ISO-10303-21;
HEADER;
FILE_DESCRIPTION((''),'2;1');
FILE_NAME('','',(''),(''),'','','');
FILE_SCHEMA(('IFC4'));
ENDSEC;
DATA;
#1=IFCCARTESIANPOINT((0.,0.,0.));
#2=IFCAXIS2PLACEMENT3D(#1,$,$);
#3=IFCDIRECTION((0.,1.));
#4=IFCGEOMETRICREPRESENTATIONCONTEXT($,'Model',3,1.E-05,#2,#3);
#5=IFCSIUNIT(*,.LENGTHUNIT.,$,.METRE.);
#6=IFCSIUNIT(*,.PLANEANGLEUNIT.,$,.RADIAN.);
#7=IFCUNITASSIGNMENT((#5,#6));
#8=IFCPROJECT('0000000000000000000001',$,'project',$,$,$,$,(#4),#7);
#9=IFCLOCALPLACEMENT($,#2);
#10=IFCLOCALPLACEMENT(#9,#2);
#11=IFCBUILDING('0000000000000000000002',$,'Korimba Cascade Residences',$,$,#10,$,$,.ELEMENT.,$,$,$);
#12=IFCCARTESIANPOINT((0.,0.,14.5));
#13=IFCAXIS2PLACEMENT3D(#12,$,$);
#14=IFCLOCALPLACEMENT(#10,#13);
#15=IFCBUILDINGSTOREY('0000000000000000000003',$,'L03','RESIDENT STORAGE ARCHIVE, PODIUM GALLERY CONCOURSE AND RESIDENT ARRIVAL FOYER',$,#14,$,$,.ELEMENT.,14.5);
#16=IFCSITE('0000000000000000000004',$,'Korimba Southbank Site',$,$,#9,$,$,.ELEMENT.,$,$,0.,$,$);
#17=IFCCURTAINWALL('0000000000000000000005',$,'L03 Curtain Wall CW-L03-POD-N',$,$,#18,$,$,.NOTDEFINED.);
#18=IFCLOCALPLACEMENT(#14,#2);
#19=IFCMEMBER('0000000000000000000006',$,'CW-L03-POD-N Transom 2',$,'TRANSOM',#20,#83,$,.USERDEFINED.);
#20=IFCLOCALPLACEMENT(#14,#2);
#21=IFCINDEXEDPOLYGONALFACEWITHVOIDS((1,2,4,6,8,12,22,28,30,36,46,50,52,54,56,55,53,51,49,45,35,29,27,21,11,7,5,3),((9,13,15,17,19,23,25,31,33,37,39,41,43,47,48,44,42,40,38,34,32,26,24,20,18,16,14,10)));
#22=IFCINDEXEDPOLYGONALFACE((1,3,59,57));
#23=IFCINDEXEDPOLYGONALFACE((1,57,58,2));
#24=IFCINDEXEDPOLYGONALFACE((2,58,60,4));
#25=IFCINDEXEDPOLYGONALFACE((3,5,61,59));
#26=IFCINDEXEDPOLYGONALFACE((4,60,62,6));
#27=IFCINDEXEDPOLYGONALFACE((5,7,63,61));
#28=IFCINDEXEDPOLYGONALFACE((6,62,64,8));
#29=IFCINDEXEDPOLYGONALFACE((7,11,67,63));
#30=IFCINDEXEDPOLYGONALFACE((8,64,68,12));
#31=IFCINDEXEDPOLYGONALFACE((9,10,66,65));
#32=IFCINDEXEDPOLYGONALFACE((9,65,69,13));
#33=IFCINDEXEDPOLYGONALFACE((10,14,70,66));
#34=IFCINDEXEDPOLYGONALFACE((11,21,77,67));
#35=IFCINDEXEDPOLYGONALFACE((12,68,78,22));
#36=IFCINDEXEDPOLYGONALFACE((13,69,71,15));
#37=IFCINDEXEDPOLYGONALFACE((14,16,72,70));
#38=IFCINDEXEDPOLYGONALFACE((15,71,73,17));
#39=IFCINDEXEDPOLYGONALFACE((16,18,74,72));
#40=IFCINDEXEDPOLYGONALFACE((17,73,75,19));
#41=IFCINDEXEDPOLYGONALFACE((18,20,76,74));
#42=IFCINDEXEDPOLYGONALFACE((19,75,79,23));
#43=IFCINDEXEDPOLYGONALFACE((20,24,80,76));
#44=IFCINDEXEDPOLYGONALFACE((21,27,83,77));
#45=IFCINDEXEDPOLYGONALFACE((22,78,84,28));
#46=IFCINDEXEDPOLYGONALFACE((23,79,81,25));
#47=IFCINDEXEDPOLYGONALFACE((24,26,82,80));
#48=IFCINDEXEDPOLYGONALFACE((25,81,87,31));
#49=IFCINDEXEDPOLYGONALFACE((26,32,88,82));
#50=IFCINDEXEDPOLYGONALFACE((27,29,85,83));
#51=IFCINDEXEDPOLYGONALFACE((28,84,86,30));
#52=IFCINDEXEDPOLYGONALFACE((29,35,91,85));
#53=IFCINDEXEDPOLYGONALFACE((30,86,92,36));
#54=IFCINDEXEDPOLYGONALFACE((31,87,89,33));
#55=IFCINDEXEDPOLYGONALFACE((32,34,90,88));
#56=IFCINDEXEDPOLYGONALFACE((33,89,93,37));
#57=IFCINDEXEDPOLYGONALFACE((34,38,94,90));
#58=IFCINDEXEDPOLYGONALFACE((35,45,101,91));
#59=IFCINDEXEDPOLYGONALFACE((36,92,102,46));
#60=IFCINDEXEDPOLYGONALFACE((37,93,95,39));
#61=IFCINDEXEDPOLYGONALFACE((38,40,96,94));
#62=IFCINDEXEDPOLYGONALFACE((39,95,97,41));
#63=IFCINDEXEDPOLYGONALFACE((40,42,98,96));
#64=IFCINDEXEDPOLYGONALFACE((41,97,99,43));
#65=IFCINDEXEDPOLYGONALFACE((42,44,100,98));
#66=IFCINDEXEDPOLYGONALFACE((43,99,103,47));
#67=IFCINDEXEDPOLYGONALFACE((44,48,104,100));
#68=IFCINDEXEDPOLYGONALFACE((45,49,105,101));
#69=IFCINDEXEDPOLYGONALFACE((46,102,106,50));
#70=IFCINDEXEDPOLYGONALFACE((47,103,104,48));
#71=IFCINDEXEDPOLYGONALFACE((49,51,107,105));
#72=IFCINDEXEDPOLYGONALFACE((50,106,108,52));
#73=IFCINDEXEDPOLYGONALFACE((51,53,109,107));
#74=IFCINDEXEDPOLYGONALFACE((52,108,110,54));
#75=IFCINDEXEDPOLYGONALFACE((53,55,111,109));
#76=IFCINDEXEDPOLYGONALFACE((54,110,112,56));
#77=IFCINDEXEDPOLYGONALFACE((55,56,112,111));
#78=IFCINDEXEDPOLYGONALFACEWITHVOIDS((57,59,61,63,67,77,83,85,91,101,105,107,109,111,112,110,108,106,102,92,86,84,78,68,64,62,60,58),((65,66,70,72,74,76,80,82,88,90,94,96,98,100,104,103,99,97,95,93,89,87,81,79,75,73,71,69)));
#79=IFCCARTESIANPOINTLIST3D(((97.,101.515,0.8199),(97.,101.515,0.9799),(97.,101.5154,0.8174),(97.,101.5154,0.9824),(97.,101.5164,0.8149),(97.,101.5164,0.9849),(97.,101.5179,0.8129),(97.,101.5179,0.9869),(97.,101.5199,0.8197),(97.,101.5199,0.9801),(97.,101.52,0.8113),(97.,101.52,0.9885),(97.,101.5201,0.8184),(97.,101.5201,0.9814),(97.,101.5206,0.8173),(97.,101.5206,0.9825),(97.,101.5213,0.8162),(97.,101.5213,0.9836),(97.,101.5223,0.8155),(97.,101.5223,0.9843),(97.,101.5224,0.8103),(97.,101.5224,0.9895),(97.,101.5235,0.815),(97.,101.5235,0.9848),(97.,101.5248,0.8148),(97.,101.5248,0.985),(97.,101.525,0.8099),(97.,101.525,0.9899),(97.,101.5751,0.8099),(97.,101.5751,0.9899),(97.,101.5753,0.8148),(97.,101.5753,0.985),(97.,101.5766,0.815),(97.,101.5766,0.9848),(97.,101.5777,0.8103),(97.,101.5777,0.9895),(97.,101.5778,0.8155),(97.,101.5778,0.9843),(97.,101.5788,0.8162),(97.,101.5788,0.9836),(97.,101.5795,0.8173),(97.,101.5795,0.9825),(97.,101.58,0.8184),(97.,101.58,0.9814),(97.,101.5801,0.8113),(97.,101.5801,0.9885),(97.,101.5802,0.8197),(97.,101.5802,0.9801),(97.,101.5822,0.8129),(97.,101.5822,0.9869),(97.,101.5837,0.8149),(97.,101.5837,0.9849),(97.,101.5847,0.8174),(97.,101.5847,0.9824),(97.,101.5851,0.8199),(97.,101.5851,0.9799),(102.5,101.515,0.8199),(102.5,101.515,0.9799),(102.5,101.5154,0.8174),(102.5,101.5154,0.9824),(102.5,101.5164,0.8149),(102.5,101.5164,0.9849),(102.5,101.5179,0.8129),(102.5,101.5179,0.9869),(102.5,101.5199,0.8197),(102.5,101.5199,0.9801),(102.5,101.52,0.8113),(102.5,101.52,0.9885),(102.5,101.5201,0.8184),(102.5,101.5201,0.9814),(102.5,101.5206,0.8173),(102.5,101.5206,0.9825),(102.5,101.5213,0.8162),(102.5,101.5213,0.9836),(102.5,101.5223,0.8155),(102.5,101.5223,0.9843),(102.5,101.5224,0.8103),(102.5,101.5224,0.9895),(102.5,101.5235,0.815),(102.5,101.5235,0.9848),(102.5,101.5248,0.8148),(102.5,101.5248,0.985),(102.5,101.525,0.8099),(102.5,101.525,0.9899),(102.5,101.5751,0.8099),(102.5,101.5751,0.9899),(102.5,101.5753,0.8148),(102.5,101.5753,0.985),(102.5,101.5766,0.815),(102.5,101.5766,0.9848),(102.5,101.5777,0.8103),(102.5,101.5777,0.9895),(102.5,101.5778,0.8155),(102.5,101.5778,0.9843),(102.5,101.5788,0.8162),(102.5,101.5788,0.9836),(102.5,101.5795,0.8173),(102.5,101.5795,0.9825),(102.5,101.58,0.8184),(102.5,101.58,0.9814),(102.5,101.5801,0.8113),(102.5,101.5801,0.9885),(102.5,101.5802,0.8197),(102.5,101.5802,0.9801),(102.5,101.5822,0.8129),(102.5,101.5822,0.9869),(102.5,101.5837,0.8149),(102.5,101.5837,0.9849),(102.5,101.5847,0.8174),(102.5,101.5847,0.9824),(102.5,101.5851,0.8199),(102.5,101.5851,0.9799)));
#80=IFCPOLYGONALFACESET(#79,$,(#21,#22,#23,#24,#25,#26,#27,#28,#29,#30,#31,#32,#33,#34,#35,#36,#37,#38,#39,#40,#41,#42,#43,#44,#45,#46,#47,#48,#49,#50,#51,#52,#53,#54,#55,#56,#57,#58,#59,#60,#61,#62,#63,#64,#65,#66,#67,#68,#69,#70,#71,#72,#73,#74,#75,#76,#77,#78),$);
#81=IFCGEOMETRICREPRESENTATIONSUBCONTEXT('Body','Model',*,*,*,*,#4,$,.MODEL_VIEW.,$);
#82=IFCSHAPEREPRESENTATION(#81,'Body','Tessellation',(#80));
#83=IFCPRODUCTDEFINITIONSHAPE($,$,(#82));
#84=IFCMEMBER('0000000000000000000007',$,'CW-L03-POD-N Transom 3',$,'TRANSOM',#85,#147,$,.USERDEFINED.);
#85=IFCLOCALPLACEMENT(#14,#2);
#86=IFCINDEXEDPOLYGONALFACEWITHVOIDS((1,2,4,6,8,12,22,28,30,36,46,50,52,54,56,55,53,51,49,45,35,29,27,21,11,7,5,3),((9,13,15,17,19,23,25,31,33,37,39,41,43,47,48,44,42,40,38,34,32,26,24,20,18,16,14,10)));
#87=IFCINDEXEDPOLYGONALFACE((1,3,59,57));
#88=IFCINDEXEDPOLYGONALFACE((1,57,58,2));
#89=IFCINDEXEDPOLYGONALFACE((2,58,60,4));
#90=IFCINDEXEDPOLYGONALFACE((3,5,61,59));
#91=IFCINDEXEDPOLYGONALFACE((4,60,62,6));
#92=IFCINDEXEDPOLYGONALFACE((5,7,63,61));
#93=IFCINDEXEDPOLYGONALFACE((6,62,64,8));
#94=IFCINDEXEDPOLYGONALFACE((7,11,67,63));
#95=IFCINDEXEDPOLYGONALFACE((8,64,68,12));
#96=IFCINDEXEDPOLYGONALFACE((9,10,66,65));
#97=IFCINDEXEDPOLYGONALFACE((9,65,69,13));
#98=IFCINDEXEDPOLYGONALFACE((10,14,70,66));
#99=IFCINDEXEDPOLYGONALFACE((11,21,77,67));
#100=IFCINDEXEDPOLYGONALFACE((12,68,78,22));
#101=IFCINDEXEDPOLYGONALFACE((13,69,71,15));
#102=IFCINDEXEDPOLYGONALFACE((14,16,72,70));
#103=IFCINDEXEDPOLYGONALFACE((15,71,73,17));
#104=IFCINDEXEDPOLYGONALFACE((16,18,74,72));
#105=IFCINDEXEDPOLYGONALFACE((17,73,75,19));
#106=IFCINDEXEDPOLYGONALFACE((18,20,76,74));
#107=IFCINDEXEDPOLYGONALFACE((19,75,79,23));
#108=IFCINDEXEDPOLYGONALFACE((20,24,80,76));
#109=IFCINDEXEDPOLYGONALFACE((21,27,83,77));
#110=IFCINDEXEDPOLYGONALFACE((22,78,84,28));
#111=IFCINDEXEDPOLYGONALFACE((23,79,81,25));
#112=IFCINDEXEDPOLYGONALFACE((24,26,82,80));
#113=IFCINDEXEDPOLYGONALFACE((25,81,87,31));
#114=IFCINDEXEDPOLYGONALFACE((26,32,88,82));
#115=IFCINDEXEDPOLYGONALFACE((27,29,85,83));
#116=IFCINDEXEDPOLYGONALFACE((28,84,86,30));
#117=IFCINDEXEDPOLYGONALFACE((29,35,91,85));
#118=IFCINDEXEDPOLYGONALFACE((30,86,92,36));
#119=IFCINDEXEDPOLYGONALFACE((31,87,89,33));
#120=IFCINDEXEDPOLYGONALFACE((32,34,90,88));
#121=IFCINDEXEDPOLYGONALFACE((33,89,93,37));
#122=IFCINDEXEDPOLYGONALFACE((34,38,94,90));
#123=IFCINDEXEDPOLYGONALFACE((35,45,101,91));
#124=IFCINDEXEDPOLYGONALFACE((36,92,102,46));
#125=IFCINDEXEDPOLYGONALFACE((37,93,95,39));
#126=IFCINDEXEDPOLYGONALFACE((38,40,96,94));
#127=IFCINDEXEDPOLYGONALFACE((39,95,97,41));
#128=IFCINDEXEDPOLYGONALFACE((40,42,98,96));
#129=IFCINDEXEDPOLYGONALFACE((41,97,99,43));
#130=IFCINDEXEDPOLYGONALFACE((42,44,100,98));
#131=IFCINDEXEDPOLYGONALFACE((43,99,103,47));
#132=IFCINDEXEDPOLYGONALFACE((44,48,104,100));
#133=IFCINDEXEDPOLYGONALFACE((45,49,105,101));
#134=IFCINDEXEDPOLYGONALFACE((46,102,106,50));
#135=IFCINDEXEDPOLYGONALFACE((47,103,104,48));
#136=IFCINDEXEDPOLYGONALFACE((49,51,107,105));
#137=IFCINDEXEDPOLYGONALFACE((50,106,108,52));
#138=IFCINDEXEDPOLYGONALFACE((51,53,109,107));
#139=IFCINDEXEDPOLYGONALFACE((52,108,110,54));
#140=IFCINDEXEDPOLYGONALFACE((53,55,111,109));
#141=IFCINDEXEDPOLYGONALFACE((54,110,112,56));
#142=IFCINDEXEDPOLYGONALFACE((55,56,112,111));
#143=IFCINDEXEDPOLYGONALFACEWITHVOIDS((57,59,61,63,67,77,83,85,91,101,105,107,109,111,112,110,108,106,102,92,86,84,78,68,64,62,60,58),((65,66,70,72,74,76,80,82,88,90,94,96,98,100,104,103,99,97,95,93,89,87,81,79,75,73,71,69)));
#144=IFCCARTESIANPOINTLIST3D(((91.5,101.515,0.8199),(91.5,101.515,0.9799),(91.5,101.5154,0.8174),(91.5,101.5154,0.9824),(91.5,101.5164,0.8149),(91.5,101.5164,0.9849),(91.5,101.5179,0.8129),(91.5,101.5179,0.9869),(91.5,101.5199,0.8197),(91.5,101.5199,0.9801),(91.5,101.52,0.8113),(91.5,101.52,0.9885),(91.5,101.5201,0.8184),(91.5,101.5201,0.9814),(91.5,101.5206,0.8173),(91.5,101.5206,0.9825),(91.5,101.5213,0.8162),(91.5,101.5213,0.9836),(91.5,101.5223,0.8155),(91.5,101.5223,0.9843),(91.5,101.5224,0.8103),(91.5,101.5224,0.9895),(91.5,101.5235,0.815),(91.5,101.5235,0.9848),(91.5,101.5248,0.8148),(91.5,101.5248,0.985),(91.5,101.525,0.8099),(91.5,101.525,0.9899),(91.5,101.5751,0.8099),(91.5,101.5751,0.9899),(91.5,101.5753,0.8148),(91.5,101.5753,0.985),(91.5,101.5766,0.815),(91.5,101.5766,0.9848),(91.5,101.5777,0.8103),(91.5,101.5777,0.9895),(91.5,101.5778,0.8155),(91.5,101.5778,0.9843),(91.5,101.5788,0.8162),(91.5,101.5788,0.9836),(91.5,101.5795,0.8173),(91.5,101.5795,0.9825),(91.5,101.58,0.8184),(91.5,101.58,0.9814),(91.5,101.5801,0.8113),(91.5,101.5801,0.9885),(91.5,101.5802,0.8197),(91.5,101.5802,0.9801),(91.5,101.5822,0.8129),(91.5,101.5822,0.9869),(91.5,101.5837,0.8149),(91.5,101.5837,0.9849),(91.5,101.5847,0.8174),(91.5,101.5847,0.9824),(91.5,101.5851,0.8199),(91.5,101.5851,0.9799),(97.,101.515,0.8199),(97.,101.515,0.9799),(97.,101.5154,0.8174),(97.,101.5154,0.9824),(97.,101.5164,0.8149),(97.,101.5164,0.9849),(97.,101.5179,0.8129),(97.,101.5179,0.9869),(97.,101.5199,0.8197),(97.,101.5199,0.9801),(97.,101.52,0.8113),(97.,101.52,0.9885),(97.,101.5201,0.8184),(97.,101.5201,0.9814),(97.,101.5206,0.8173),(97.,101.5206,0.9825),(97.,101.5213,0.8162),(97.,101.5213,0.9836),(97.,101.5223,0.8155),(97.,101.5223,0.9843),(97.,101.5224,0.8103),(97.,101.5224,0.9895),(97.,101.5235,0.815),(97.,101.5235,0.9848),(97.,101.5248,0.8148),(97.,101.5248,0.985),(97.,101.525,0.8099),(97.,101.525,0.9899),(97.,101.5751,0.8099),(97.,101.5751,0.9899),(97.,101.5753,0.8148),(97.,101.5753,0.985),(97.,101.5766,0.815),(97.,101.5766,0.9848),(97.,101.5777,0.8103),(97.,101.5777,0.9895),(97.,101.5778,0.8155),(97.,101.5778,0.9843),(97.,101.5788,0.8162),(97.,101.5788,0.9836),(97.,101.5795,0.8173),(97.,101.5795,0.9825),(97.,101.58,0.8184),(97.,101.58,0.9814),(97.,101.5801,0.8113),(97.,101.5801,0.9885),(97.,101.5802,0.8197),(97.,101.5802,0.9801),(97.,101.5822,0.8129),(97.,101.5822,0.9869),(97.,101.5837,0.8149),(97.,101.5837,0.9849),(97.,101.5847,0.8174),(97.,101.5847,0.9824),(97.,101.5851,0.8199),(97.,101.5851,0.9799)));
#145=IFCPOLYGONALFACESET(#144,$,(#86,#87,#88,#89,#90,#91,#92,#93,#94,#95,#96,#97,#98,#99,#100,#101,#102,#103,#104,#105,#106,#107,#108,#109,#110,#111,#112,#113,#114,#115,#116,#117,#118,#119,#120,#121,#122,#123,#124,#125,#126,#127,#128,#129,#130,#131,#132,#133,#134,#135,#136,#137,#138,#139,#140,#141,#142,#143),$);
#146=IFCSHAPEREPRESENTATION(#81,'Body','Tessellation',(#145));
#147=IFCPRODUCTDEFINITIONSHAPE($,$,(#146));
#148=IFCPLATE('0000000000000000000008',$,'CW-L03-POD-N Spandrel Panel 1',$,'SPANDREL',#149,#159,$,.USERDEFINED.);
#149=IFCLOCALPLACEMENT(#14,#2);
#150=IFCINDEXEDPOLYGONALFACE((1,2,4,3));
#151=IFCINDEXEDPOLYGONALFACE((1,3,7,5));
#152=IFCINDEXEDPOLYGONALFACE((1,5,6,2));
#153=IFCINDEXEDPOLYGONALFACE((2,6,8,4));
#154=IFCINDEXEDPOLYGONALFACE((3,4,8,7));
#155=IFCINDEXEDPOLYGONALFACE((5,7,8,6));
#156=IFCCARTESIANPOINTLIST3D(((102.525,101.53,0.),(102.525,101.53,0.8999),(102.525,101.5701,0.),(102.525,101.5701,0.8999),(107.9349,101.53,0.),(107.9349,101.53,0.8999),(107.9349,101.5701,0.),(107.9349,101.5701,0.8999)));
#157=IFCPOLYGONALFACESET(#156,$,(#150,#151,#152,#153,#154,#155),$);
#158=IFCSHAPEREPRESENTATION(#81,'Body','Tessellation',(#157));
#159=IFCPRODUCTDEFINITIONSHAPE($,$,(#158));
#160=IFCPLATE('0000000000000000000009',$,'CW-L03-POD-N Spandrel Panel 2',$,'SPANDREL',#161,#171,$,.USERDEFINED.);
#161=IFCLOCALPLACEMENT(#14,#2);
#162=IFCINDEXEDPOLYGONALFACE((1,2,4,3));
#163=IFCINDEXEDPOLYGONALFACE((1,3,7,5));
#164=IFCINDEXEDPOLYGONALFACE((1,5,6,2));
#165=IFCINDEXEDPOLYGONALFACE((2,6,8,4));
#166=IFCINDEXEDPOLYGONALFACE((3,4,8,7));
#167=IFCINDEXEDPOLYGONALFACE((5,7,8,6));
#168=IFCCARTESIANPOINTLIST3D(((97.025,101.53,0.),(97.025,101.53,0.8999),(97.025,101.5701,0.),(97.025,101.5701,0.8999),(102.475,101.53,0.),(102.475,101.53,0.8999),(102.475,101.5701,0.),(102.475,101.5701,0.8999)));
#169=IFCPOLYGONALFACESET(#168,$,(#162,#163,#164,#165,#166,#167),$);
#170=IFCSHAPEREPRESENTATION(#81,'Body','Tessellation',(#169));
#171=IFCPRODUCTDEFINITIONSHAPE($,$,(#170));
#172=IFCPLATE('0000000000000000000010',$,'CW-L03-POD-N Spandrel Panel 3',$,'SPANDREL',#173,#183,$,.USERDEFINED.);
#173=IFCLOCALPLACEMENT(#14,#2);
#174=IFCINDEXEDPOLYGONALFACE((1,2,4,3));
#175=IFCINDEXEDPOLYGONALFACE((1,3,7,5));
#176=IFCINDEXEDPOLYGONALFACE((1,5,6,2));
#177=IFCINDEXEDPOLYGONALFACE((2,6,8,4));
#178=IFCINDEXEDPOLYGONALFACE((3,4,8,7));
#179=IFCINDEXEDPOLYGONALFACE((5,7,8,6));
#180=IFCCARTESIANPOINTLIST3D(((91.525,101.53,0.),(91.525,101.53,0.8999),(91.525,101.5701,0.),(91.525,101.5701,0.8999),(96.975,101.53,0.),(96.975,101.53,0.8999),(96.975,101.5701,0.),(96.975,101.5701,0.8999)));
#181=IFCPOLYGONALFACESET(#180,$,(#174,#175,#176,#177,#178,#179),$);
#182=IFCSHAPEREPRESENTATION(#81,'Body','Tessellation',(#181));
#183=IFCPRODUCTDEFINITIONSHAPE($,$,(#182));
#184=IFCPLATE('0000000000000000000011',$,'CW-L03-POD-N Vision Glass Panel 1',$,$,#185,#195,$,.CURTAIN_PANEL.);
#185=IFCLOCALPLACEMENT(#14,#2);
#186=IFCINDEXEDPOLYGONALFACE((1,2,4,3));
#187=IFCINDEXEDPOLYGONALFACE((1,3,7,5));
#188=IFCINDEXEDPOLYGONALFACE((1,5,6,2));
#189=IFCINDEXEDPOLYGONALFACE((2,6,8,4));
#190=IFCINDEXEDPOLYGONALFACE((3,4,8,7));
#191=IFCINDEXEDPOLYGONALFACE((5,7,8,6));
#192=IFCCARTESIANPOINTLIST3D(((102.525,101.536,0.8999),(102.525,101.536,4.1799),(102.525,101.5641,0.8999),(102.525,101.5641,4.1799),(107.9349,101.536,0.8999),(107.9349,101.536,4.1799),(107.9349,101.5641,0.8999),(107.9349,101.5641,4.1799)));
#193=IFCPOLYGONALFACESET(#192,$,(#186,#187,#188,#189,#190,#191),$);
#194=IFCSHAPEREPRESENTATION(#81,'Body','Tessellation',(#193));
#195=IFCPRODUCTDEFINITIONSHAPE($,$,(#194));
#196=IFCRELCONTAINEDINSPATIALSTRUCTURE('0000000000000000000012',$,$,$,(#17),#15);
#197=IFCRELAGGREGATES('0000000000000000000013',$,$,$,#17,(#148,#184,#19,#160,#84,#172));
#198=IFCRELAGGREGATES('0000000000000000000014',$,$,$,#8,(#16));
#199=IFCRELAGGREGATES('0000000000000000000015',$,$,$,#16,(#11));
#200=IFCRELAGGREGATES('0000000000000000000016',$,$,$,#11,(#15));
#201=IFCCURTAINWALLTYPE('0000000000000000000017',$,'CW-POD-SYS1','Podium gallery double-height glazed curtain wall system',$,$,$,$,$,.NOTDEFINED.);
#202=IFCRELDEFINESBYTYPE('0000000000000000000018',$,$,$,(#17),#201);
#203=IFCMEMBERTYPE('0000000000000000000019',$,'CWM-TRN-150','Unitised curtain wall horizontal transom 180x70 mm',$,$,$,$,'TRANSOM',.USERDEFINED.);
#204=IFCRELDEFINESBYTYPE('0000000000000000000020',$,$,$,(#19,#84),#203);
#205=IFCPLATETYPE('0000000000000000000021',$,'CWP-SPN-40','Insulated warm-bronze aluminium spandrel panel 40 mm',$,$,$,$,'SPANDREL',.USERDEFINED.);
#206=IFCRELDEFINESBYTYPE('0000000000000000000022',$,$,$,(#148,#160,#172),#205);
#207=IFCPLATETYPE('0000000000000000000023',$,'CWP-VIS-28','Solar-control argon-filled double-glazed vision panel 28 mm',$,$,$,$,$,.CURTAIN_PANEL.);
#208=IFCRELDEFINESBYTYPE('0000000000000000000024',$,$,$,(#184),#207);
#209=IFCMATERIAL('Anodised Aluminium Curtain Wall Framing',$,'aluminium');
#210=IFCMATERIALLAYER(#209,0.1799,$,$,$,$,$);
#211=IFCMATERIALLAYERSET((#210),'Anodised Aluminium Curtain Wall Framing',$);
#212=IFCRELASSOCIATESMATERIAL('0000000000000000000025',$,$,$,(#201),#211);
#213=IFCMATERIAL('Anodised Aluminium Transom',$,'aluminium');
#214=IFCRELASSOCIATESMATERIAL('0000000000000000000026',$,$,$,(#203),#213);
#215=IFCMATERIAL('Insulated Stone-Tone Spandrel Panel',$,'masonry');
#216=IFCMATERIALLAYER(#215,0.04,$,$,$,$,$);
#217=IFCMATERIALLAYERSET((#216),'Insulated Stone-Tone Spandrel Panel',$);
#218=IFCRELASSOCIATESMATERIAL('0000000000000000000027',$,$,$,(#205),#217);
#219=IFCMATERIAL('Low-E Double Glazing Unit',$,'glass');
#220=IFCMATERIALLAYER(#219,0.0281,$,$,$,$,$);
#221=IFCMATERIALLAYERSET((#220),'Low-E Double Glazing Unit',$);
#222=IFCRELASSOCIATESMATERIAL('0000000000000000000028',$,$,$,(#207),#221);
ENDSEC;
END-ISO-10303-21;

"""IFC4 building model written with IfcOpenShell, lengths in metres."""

from ifc_helpers import new_model, si_unit, direction, frame, origin, origin_2d, place, context, subcontext, project, spatial, rectangle, hollow_rectangle, extrude, material, layer, layer_set, material_profile, profile_set, type_object, element, aggregate, save


model = new_model("IFC4")

# Units and contexts
model_context = context("Model", 3, precision=1e-05, world=origin(), true_north=direction((0.0, 1.0)))
body_context = subcontext(model_context, "Body", "Model", "MODEL_VIEW")
ifc_project = project(units=[si_unit("LENGTHUNIT", "METRE"), si_unit("PLANEANGLEUNIT", "RADIAN")], contexts=[model_context])

# Site, building, storey
site_placement = place(None, origin())
site = spatial("IfcSite", under=ifc_project, at=site_placement, Name="Korimba Southbank Site", CompositionType="ELEMENT", RefElevation=0.0)
building_placement = place(site_placement, origin())
building = spatial("IfcBuilding", under=site, at=building_placement, Name="Korimba Cascade Residences", CompositionType="ELEMENT")
storey_placement = place(building_placement, frame((0.0, 0.0, 14.5)))
storey = spatial("IfcBuildingStorey", under=building, at=storey_placement, Name="L03", Description="RESIDENT STORAGE ARCHIVE, PODIUM GALLERY CONCOURSE AND RESIDENT ARRIVAL FOYER", CompositionType="ELEMENT", Elevation=14.5)

# Curtain wall, members, plates
ifc_material_1 = material(Name="Anodised Aluminium Curtain Wall Framing", Category="aluminium")
ifc_layer_1 = layer(ifc_material_1, 0.1799)
ifc_layer_set_1 = layer_set([ifc_layer_1], Name="Anodised Aluminium Curtain Wall Framing")
curtain_wall_type = type_object("IfcCurtainWallType", Name="CW-POD-SYS1", Description="Podium gallery double-height glazed curtain wall system", PredefinedType="NOTDEFINED", material=ifc_layer_set_1)
curtain_wall_placement = place(storey_placement, origin())
curtain_wall = element("IfcCurtainWall", 1, at=curtain_wall_placement, inside=storey, type_object=curtain_wall_type, Name="L03 Curtain Wall CW-L03-POD-N", PredefinedType="NOTDEFINED")
ifc_material_2 = material(Name="Anodised Aluminium Transom", Category="aluminium")
ifc_material_profile_1 = material_profile(ifc_material_2, hollow_rectangle(XDim=0.0701, YDim=0.1799, WallThickness=0.0049, InnerFilletRadius=0.0049, OuterFilletRadius=0.01, at=origin_2d()), Name="Anodised Aluminium Transom")
ifc_profile_set_1 = profile_set([ifc_material_profile_1], Name="Anodised Aluminium Transom")
member_type_1 = type_object("IfcMemberType", Name="CWM-TRN-150", Description="Unitised curtain wall horizontal transom 180x70 mm", ElementType="TRANSOM", PredefinedType="USERDEFINED", material=ifc_profile_set_1)
member_1_placement = place(storey_placement, frame((102.5, 101.55, 0.8999), z_axis=(-1.0, 0.0, 0.0), x_axis=(0.0, -1.0, 0.0)))
member_1 = element("IfcMember", 2, at=member_1_placement, type_object=member_type_1, Name="CW-L03-POD-N Transom 2", ObjectType="TRANSOM", PredefinedType="USERDEFINED", context=body_context, shape_type="SweptSolid", body=[
    extrude(hollow_rectangle(XDim=0.0701, YDim=0.1799, WallThickness=0.0049, InnerFilletRadius=0.0049, OuterFilletRadius=0.01, at=origin_2d()), origin(), (0.0, 0.0, 1.0), 5.5),
])
member_2_placement = place(storey_placement, frame((97.0, 101.55, 0.8999), z_axis=(-1.0, 0.0, 0.0), x_axis=(0.0, -1.0, 0.0)))
member_2 = element("IfcMember", 3, at=member_2_placement, type_object=member_type_1, Name="CW-L03-POD-N Transom 3", ObjectType="TRANSOM", PredefinedType="USERDEFINED", context=body_context, shape_type="SweptSolid", body=[
    extrude(hollow_rectangle(XDim=0.0701, YDim=0.1799, WallThickness=0.0049, InnerFilletRadius=0.0049, OuterFilletRadius=0.01, at=origin_2d()), origin(), (0.0, 0.0, 1.0), 5.5),
])
ifc_material_3 = material(Name="Insulated Stone-Tone Spandrel Panel", Category="masonry")
ifc_layer_2 = layer(ifc_material_3, 0.04)
ifc_layer_set_2 = layer_set([ifc_layer_2], Name="Insulated Stone-Tone Spandrel Panel")
plate_type_1 = type_object("IfcPlateType", Name="CWP-SPN-40", Description="Insulated warm-bronze aluminium spandrel panel 40 mm", ElementType="SPANDREL", PredefinedType="USERDEFINED", material=ifc_layer_set_2)
plate_1_placement = place(storey_placement, frame((105.23, 101.55, 0.0), z_axis=(0.0, 0.0, 1.0), x_axis=(-1.0, 0.0, 0.0)))
plate_1 = element("IfcPlate", 4, at=plate_1_placement, type_object=plate_type_1, Name="CW-L03-POD-N Spandrel Panel 1", ObjectType="SPANDREL", PredefinedType="USERDEFINED", context=body_context, shape_type="SweptSolid", body=[
    extrude(rectangle(XDim=5.4099, YDim=0.04, at=origin_2d()), origin(), (0.0, 0.0, 1.0), 0.8999),
])
plate_2_placement = place(storey_placement, frame((99.75, 101.55, 0.0), z_axis=(0.0, 0.0, 1.0), x_axis=(-1.0, 0.0, 0.0)))
plate_2 = element("IfcPlate", 5, at=plate_2_placement, type_object=plate_type_1, Name="CW-L03-POD-N Spandrel Panel 2", ObjectType="SPANDREL", PredefinedType="USERDEFINED", context=body_context, shape_type="SweptSolid", body=[
    extrude(rectangle(XDim=5.45, YDim=0.04, at=origin_2d()), origin(), (0.0, 0.0, 1.0), 0.8999),
])
plate_3_placement = place(storey_placement, frame((94.25, 101.55, 0.0), z_axis=(0.0, 0.0, 1.0), x_axis=(-1.0, 0.0, 0.0)))
plate_3 = element("IfcPlate", 6, at=plate_3_placement, type_object=plate_type_1, Name="CW-L03-POD-N Spandrel Panel 3", ObjectType="SPANDREL", PredefinedType="USERDEFINED", context=body_context, shape_type="SweptSolid", body=[
    extrude(rectangle(XDim=5.45, YDim=0.04, at=origin_2d()), origin(), (0.0, 0.0, 1.0), 0.8999),
])
ifc_material_4 = material(Name="Low-E Double Glazing Unit", Category="glass")
ifc_layer_3 = layer(ifc_material_4, 0.0281)
ifc_layer_set_3 = layer_set([ifc_layer_3], Name="Low-E Double Glazing Unit")
plate_type_2 = type_object("IfcPlateType", Name="CWP-VIS-28", Description="Solar-control argon-filled double-glazed vision panel 28 mm", PredefinedType="CURTAIN_PANEL", material=ifc_layer_set_3)
plate_4_placement = place(storey_placement, frame((105.23, 101.55, 0.8999), z_axis=(0.0, 0.0, 1.0), x_axis=(-1.0, 0.0, 0.0)))
plate_4 = element("IfcPlate", 7, at=plate_4_placement, type_object=plate_type_2, Name="CW-L03-POD-N Vision Glass Panel 1", PredefinedType="CURTAIN_PANEL", context=body_context, shape_type="SweptSolid", body=[
    extrude(rectangle(XDim=5.4099, YDim=0.0281, at=origin_2d()), origin(), (0.0, 0.0, 1.0), 3.28),
])
aggregate(curtain_wall, [plate_1, plate_4, member_1, plate_2, member_2, plate_3])

save(model, "model.ifc")
